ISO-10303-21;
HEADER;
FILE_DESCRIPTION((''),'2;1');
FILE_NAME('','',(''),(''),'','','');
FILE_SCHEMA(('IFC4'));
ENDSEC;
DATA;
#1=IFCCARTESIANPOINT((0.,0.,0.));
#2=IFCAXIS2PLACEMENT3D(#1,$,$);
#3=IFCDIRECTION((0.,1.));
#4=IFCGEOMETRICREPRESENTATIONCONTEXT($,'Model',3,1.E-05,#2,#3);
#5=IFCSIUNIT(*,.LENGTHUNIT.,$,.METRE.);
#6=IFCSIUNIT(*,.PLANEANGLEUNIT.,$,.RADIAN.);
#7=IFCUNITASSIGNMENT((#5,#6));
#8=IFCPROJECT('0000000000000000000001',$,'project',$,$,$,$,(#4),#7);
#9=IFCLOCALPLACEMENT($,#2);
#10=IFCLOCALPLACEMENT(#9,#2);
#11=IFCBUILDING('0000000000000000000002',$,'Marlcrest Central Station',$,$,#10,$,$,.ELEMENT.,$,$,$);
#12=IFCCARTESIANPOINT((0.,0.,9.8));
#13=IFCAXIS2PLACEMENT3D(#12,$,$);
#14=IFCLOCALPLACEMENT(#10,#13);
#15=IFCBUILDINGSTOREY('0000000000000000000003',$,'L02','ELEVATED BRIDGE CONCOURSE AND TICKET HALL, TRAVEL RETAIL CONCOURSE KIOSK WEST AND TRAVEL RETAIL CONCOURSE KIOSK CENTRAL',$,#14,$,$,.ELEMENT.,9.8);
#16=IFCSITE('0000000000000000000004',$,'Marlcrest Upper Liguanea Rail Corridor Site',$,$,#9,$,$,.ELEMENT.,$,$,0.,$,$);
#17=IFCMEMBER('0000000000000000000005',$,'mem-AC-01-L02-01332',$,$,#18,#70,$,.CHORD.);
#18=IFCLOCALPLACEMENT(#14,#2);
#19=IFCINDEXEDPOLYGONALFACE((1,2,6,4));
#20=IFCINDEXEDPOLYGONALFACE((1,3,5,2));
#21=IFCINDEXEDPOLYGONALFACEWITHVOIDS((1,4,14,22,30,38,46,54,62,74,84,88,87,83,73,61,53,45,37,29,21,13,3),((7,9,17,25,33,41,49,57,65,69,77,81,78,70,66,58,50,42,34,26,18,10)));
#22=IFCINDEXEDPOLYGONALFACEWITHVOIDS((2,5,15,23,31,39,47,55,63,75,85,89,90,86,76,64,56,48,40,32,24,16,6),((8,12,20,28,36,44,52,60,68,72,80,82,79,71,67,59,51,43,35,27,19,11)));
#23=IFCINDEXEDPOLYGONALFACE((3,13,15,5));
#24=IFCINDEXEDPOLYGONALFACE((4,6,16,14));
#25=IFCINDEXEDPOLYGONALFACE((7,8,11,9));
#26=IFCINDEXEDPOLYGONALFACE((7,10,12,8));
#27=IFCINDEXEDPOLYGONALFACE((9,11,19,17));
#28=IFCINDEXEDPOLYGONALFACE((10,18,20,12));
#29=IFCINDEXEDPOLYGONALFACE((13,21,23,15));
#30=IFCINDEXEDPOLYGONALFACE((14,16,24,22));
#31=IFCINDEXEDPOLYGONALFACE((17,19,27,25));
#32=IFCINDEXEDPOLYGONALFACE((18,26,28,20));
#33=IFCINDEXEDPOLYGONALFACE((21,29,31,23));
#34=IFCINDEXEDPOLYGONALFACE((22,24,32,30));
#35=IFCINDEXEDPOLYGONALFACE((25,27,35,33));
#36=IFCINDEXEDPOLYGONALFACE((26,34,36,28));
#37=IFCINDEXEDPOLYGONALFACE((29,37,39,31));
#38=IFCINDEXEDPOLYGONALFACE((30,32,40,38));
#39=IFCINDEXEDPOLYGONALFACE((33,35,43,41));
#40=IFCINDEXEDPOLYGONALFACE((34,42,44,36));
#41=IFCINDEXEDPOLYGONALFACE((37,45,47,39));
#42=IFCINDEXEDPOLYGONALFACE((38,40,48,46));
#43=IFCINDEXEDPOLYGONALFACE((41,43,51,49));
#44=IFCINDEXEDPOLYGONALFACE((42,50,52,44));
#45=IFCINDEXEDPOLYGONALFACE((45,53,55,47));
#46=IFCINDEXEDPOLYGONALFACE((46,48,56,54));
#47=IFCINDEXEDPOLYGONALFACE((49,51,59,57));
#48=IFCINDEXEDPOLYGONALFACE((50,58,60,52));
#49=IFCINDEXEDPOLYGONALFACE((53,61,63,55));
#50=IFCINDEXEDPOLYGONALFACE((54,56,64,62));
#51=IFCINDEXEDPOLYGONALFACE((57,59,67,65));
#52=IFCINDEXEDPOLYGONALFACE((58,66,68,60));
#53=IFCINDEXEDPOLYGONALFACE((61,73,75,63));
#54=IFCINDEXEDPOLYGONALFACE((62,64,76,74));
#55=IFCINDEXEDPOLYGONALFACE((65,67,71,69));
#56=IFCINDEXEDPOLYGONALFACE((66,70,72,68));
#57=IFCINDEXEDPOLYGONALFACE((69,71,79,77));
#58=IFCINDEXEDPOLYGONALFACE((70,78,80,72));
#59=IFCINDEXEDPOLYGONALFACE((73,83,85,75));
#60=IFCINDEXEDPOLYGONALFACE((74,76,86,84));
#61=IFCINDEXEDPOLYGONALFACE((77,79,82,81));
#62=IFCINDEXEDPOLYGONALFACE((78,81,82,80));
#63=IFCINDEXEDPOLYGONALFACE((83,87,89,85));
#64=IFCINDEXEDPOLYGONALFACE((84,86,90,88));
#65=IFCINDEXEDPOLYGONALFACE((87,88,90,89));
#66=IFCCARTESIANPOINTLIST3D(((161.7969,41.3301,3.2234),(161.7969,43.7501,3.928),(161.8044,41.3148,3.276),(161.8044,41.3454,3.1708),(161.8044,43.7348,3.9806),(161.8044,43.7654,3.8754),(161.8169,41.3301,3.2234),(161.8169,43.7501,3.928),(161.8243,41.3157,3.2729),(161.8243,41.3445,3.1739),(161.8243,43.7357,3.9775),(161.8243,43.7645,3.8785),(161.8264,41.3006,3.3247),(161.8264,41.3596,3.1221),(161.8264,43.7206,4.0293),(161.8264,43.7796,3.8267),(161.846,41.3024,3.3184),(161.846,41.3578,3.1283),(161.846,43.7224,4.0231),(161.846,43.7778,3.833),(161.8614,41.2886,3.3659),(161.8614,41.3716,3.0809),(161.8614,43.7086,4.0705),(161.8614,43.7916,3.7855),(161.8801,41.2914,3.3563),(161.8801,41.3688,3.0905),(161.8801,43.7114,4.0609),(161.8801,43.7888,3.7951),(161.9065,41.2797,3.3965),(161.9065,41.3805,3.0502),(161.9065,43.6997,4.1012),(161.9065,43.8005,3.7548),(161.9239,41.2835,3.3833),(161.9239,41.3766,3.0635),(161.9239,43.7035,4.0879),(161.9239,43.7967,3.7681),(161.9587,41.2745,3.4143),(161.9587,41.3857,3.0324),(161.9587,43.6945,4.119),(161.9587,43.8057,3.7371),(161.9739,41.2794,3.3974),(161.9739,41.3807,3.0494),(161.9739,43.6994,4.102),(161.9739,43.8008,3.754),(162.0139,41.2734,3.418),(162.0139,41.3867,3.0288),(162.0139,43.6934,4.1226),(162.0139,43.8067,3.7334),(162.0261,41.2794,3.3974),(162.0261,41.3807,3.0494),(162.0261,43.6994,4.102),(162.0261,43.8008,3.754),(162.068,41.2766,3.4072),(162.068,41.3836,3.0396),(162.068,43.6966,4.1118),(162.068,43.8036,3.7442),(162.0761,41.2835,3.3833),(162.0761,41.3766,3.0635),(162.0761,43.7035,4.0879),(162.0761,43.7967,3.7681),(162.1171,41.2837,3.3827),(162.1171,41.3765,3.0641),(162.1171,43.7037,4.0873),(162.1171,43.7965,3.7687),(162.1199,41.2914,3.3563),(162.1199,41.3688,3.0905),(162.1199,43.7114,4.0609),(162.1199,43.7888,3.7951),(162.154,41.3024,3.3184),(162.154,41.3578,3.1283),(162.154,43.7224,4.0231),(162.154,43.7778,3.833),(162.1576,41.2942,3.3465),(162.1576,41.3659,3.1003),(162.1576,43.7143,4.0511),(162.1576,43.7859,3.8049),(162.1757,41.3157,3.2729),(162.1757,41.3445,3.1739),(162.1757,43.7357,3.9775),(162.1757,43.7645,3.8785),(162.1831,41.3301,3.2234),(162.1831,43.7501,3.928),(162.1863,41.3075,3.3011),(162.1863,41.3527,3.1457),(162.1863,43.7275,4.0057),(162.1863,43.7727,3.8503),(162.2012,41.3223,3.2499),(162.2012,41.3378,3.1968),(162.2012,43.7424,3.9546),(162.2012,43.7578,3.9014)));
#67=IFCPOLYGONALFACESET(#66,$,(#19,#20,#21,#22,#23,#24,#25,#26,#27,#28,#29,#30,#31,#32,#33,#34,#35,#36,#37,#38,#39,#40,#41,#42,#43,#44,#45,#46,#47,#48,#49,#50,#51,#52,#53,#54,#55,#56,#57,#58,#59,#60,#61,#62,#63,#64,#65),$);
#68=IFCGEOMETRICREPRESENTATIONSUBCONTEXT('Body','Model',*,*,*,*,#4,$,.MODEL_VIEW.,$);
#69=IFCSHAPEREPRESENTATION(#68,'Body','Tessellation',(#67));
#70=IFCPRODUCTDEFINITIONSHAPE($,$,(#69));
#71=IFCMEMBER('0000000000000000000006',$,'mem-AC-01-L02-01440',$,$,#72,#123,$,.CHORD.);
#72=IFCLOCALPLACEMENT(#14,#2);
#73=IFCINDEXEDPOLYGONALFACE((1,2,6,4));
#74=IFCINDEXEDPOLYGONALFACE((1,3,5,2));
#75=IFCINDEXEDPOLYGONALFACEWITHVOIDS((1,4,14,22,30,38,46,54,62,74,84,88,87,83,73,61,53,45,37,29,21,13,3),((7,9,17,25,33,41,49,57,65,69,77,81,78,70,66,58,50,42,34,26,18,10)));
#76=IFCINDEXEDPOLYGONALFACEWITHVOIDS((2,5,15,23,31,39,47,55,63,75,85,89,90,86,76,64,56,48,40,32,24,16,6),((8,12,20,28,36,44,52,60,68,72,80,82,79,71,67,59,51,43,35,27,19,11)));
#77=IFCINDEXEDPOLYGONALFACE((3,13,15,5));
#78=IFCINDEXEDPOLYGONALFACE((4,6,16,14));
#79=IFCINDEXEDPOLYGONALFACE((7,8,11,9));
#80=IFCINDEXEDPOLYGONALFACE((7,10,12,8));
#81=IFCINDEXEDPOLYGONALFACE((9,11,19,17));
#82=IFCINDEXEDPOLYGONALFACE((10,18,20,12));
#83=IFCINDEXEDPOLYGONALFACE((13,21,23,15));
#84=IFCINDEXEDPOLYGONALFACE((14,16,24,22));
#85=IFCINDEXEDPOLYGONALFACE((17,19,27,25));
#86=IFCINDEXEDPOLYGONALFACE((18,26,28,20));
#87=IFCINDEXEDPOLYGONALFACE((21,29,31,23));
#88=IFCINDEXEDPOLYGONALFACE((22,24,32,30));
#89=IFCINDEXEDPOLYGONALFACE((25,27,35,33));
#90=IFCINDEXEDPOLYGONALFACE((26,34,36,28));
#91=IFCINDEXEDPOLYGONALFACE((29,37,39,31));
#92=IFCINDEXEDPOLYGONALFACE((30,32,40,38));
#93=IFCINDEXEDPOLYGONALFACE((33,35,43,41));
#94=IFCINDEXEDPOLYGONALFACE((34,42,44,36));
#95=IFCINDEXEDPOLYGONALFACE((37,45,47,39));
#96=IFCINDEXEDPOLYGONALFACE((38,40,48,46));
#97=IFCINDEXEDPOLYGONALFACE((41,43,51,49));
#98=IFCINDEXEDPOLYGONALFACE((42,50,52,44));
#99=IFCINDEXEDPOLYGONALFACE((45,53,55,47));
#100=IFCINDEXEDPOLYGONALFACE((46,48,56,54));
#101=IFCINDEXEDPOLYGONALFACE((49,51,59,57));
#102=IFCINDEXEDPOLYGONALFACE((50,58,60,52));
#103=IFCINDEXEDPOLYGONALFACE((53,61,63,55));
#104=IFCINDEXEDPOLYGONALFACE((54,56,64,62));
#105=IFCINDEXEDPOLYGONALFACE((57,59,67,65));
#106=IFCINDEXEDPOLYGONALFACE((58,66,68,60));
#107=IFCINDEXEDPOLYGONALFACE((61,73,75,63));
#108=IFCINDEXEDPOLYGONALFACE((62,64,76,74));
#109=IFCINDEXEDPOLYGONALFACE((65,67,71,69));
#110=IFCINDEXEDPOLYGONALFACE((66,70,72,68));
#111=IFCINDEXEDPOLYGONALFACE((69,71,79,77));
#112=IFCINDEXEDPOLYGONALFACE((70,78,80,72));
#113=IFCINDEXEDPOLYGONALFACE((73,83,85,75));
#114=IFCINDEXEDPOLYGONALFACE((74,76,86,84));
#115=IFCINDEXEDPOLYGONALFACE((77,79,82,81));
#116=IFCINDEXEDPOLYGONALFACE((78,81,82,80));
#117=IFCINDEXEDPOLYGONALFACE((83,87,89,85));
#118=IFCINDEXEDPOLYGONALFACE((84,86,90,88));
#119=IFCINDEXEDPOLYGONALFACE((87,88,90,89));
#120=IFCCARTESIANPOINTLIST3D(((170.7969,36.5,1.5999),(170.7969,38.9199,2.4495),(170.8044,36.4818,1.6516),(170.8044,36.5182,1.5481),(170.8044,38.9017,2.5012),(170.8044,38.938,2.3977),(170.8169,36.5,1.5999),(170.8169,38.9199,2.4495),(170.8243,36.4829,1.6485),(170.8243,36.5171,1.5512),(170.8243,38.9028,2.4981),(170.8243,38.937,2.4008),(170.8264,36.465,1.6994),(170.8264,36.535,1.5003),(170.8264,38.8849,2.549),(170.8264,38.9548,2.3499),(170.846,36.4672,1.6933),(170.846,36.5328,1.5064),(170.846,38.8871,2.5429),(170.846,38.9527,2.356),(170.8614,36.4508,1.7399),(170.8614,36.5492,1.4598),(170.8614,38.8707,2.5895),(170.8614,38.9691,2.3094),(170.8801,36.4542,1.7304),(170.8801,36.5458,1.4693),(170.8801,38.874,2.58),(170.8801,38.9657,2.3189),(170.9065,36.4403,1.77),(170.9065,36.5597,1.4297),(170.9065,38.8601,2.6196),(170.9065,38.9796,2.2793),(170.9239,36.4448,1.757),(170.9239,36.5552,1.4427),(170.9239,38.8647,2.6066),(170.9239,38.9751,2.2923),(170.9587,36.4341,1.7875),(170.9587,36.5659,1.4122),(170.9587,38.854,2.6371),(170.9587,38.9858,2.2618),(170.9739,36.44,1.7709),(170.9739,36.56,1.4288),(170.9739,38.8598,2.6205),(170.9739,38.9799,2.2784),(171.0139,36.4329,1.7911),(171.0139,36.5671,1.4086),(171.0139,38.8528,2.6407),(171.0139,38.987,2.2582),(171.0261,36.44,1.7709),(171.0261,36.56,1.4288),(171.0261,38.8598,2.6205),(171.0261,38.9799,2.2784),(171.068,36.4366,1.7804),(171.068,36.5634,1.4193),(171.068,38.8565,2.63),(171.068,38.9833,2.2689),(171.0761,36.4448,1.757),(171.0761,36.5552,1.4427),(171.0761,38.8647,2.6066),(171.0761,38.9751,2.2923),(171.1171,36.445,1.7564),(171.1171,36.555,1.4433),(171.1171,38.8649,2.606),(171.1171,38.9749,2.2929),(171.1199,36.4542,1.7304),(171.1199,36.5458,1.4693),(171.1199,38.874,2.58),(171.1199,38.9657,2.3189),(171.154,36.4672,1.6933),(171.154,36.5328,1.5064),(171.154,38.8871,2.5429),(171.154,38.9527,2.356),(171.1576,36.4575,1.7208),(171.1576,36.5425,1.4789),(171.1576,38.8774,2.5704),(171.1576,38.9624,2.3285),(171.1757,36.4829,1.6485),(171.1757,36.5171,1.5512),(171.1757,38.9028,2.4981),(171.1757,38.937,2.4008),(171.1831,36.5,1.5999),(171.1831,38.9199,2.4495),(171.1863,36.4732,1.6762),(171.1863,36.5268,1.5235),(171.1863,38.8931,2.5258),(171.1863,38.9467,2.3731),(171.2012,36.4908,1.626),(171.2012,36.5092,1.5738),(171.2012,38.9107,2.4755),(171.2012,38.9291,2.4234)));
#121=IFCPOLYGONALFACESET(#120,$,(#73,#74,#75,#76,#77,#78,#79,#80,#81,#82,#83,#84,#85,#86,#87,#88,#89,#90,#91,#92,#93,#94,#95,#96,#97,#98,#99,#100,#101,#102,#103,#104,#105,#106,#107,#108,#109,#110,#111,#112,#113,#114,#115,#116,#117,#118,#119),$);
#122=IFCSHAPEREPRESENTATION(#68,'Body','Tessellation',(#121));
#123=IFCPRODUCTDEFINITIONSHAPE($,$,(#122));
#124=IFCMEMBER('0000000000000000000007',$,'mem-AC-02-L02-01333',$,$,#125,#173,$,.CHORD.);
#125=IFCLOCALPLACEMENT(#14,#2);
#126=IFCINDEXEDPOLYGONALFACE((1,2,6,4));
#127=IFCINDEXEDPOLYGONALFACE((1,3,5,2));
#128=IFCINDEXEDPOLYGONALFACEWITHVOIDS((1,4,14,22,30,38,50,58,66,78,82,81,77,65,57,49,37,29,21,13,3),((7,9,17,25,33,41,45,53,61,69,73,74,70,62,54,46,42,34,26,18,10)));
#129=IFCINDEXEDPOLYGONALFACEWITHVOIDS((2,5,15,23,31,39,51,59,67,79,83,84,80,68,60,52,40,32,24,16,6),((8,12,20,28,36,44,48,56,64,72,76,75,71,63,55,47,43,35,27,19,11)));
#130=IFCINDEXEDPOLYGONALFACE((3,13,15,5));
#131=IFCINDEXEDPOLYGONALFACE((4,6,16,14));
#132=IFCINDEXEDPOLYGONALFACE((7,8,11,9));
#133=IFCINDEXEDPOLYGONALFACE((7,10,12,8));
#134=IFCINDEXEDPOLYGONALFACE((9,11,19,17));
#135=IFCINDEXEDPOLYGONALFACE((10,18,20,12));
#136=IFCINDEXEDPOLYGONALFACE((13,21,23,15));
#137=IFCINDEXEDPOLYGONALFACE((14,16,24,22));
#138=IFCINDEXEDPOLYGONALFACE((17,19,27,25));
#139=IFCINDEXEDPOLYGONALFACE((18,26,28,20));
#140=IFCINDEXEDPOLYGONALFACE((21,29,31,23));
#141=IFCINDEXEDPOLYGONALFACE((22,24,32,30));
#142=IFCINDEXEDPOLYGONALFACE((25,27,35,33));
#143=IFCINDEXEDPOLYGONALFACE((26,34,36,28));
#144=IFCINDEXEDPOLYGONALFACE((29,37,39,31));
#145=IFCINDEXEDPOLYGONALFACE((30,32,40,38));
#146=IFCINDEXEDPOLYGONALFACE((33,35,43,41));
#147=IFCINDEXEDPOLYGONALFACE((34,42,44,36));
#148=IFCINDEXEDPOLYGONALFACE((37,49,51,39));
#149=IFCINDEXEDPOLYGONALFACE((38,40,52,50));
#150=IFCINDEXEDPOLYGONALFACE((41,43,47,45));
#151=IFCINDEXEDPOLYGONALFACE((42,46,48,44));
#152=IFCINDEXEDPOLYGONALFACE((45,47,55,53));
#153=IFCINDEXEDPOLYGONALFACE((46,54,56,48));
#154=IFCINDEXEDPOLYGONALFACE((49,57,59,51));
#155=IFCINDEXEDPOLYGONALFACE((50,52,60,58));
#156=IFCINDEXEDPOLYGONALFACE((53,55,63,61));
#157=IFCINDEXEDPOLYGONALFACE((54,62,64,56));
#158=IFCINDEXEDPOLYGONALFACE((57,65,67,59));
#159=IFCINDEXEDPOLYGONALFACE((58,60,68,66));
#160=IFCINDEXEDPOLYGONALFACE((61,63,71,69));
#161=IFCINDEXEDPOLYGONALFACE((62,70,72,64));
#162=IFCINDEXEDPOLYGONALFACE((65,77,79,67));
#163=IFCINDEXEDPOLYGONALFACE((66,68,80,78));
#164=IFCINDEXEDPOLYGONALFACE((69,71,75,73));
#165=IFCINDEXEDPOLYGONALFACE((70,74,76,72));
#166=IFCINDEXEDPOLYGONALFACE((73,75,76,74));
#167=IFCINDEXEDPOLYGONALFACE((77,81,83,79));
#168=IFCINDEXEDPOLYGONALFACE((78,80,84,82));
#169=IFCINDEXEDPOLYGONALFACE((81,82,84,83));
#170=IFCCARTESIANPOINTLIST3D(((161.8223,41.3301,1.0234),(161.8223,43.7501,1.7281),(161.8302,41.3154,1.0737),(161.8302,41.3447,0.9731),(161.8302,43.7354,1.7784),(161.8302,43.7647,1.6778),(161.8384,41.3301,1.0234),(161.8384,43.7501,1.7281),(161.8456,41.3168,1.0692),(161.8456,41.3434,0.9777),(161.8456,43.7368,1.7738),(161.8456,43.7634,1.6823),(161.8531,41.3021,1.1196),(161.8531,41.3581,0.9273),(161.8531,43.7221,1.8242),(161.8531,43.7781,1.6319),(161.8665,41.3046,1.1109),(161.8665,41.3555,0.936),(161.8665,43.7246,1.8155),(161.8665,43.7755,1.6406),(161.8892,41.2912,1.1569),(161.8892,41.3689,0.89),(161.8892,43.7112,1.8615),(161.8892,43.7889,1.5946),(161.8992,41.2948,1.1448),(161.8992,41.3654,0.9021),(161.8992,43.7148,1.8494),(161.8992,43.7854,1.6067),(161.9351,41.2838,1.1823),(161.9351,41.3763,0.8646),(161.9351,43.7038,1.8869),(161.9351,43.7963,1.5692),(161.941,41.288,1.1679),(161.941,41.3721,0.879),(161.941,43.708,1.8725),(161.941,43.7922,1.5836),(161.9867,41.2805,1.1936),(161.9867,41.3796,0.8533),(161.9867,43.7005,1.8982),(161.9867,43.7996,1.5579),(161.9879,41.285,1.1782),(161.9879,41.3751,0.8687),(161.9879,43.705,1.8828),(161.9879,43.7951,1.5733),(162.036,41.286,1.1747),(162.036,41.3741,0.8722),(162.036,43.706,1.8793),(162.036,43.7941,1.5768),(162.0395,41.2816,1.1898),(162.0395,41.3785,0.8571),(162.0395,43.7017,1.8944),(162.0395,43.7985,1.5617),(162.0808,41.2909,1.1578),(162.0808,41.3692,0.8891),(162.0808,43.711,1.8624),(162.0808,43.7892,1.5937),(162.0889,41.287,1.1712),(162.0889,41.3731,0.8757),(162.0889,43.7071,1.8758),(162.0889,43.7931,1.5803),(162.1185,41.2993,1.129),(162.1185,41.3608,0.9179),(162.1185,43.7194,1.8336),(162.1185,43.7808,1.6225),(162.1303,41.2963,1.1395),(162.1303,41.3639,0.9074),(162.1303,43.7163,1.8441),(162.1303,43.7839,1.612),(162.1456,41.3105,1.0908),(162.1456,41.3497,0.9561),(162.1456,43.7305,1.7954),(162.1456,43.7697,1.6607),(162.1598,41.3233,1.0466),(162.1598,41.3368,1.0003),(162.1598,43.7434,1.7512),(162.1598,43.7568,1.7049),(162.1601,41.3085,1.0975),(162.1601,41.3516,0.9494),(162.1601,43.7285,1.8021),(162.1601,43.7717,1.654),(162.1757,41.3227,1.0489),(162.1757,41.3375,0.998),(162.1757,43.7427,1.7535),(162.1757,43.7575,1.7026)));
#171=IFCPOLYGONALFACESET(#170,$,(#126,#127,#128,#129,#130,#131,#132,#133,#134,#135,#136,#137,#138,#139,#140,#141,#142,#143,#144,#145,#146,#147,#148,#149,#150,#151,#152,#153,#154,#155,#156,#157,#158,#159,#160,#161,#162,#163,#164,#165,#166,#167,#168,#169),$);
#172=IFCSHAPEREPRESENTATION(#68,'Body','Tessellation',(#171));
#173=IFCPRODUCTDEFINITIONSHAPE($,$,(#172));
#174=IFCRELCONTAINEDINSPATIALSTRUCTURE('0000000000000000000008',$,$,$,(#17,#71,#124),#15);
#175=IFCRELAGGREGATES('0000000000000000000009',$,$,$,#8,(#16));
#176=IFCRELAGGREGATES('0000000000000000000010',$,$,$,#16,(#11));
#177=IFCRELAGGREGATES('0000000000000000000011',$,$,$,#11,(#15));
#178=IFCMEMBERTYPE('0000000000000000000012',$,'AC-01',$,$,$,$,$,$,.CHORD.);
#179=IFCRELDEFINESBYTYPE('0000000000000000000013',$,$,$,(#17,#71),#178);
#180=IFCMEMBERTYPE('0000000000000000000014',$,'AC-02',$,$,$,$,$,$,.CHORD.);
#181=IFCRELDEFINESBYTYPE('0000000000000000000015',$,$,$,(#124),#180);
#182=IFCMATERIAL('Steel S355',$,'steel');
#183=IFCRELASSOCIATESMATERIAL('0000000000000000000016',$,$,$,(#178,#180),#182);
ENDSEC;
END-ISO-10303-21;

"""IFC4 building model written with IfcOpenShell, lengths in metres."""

from ifc_helpers import new_model, si_unit, direction, frame, origin, origin_2d, place, context, subcontext, project, spatial, hollow_circle, extrude, material, material_profile, profile_set, type_object, element, save


model = new_model("IFC4")

# Units and contexts
model_context = context("Model", 3, precision=1e-05, world=origin(), true_north=direction((0.0, 1.0)))
body_context = subcontext(model_context, "Body", "Model", "MODEL_VIEW")
ifc_project = project(units=[si_unit("LENGTHUNIT", "METRE"), si_unit("PLANEANGLEUNIT", "RADIAN")], contexts=[model_context])

# Site, building, storey
site_placement = place(None, origin())
site = spatial("IfcSite", under=ifc_project, at=site_placement, Name="Marlcrest Upper Liguanea Rail Corridor Site", CompositionType="ELEMENT", RefElevation=0.0)
building_placement = place(site_placement, origin())
building = spatial("IfcBuilding", under=site, at=building_placement, Name="Marlcrest Central Station", CompositionType="ELEMENT")
storey_placement = place(building_placement, frame((0.0, 0.0, 9.8)))
storey = spatial("IfcBuildingStorey", under=building, at=storey_placement, Name="L02", Description="ELEVATED BRIDGE CONCOURSE AND TICKET HALL, TRAVEL RETAIL CONCOURSE KIOSK WEST AND TRAVEL RETAIL CONCOURSE KIOSK CENTRAL", CompositionType="ELEMENT", Elevation=9.8)

# Members
ifc_material_1 = material(Name="Steel S355", Category="steel")
ifc_material_profile_1 = material_profile(ifc_material_1, hollow_circle(Radius=0.2031, WallThickness=0.02, at=origin_2d()), Name="CHS 406.4x20")
ifc_profile_set_1 = profile_set([ifc_material_profile_1], Name="Steel S355")
member_type_1 = type_object("IfcMemberType", Name="AC-01", PredefinedType="CHORD", material=ifc_profile_set_1)
member_1_placement = place(storey_placement, frame((162.0, 41.3301, 3.2234), z_axis=(0.0, 0.96013, 0.279554), x_axis=(-1.0, 0.0, 0.0)))
element("IfcMember", 1, at=member_1_placement, inside=storey, type_object=member_type_1, Name="mem-AC-01-L02-01332", PredefinedType="CHORD", context=body_context, shape_type="SweptSolid", body=[
    extrude(hollow_circle(Radius=0.2031, WallThickness=0.02, at=origin_2d()), origin(), (0.0, 0.0, 1.0), 2.5205),
])
member_2_placement = place(storey_placement, frame((171.0, 36.5, 1.5999), z_axis=(0.0, 0.943537, 0.331266), x_axis=(-1.0, 0.0, 0.0)))
element("IfcMember", 2, at=member_2_placement, inside=storey, type_object=member_type_1, Name="mem-AC-01-L02-01440", PredefinedType="CHORD", context=body_context, shape_type="SweptSolid", body=[
    extrude(hollow_circle(Radius=0.2031, WallThickness=0.02, at=origin_2d()), origin(), (0.0, 0.0, 1.0), 2.5647),
])
ifc_material_profile_2 = material_profile(ifc_material_1, hollow_circle(Radius=0.1777, WallThickness=0.0161, at=origin_2d()), Name="CHS 355.6x16")
ifc_profile_set_2 = profile_set([ifc_material_profile_2], Name="Steel S355")
member_type_2 = type_object("IfcMemberType", Name="AC-02", PredefinedType="CHORD", material=ifc_profile_set_2)
member_3_placement = place(storey_placement, frame((162.0, 41.3301, 1.0234), z_axis=(0.0, 0.96013, 0.279554), x_axis=(-1.0, 0.0, 0.0)))
element("IfcMember", 3, at=member_3_placement, inside=storey, type_object=member_type_2, Name="mem-AC-02-L02-01333", PredefinedType="CHORD", context=body_context, shape_type="SweptSolid", body=[
    extrude(hollow_circle(Radius=0.1777, WallThickness=0.0161, at=origin_2d()), origin(), (0.0, 0.0, 1.0), 2.5205),
])

save(model, "model.ifc")
